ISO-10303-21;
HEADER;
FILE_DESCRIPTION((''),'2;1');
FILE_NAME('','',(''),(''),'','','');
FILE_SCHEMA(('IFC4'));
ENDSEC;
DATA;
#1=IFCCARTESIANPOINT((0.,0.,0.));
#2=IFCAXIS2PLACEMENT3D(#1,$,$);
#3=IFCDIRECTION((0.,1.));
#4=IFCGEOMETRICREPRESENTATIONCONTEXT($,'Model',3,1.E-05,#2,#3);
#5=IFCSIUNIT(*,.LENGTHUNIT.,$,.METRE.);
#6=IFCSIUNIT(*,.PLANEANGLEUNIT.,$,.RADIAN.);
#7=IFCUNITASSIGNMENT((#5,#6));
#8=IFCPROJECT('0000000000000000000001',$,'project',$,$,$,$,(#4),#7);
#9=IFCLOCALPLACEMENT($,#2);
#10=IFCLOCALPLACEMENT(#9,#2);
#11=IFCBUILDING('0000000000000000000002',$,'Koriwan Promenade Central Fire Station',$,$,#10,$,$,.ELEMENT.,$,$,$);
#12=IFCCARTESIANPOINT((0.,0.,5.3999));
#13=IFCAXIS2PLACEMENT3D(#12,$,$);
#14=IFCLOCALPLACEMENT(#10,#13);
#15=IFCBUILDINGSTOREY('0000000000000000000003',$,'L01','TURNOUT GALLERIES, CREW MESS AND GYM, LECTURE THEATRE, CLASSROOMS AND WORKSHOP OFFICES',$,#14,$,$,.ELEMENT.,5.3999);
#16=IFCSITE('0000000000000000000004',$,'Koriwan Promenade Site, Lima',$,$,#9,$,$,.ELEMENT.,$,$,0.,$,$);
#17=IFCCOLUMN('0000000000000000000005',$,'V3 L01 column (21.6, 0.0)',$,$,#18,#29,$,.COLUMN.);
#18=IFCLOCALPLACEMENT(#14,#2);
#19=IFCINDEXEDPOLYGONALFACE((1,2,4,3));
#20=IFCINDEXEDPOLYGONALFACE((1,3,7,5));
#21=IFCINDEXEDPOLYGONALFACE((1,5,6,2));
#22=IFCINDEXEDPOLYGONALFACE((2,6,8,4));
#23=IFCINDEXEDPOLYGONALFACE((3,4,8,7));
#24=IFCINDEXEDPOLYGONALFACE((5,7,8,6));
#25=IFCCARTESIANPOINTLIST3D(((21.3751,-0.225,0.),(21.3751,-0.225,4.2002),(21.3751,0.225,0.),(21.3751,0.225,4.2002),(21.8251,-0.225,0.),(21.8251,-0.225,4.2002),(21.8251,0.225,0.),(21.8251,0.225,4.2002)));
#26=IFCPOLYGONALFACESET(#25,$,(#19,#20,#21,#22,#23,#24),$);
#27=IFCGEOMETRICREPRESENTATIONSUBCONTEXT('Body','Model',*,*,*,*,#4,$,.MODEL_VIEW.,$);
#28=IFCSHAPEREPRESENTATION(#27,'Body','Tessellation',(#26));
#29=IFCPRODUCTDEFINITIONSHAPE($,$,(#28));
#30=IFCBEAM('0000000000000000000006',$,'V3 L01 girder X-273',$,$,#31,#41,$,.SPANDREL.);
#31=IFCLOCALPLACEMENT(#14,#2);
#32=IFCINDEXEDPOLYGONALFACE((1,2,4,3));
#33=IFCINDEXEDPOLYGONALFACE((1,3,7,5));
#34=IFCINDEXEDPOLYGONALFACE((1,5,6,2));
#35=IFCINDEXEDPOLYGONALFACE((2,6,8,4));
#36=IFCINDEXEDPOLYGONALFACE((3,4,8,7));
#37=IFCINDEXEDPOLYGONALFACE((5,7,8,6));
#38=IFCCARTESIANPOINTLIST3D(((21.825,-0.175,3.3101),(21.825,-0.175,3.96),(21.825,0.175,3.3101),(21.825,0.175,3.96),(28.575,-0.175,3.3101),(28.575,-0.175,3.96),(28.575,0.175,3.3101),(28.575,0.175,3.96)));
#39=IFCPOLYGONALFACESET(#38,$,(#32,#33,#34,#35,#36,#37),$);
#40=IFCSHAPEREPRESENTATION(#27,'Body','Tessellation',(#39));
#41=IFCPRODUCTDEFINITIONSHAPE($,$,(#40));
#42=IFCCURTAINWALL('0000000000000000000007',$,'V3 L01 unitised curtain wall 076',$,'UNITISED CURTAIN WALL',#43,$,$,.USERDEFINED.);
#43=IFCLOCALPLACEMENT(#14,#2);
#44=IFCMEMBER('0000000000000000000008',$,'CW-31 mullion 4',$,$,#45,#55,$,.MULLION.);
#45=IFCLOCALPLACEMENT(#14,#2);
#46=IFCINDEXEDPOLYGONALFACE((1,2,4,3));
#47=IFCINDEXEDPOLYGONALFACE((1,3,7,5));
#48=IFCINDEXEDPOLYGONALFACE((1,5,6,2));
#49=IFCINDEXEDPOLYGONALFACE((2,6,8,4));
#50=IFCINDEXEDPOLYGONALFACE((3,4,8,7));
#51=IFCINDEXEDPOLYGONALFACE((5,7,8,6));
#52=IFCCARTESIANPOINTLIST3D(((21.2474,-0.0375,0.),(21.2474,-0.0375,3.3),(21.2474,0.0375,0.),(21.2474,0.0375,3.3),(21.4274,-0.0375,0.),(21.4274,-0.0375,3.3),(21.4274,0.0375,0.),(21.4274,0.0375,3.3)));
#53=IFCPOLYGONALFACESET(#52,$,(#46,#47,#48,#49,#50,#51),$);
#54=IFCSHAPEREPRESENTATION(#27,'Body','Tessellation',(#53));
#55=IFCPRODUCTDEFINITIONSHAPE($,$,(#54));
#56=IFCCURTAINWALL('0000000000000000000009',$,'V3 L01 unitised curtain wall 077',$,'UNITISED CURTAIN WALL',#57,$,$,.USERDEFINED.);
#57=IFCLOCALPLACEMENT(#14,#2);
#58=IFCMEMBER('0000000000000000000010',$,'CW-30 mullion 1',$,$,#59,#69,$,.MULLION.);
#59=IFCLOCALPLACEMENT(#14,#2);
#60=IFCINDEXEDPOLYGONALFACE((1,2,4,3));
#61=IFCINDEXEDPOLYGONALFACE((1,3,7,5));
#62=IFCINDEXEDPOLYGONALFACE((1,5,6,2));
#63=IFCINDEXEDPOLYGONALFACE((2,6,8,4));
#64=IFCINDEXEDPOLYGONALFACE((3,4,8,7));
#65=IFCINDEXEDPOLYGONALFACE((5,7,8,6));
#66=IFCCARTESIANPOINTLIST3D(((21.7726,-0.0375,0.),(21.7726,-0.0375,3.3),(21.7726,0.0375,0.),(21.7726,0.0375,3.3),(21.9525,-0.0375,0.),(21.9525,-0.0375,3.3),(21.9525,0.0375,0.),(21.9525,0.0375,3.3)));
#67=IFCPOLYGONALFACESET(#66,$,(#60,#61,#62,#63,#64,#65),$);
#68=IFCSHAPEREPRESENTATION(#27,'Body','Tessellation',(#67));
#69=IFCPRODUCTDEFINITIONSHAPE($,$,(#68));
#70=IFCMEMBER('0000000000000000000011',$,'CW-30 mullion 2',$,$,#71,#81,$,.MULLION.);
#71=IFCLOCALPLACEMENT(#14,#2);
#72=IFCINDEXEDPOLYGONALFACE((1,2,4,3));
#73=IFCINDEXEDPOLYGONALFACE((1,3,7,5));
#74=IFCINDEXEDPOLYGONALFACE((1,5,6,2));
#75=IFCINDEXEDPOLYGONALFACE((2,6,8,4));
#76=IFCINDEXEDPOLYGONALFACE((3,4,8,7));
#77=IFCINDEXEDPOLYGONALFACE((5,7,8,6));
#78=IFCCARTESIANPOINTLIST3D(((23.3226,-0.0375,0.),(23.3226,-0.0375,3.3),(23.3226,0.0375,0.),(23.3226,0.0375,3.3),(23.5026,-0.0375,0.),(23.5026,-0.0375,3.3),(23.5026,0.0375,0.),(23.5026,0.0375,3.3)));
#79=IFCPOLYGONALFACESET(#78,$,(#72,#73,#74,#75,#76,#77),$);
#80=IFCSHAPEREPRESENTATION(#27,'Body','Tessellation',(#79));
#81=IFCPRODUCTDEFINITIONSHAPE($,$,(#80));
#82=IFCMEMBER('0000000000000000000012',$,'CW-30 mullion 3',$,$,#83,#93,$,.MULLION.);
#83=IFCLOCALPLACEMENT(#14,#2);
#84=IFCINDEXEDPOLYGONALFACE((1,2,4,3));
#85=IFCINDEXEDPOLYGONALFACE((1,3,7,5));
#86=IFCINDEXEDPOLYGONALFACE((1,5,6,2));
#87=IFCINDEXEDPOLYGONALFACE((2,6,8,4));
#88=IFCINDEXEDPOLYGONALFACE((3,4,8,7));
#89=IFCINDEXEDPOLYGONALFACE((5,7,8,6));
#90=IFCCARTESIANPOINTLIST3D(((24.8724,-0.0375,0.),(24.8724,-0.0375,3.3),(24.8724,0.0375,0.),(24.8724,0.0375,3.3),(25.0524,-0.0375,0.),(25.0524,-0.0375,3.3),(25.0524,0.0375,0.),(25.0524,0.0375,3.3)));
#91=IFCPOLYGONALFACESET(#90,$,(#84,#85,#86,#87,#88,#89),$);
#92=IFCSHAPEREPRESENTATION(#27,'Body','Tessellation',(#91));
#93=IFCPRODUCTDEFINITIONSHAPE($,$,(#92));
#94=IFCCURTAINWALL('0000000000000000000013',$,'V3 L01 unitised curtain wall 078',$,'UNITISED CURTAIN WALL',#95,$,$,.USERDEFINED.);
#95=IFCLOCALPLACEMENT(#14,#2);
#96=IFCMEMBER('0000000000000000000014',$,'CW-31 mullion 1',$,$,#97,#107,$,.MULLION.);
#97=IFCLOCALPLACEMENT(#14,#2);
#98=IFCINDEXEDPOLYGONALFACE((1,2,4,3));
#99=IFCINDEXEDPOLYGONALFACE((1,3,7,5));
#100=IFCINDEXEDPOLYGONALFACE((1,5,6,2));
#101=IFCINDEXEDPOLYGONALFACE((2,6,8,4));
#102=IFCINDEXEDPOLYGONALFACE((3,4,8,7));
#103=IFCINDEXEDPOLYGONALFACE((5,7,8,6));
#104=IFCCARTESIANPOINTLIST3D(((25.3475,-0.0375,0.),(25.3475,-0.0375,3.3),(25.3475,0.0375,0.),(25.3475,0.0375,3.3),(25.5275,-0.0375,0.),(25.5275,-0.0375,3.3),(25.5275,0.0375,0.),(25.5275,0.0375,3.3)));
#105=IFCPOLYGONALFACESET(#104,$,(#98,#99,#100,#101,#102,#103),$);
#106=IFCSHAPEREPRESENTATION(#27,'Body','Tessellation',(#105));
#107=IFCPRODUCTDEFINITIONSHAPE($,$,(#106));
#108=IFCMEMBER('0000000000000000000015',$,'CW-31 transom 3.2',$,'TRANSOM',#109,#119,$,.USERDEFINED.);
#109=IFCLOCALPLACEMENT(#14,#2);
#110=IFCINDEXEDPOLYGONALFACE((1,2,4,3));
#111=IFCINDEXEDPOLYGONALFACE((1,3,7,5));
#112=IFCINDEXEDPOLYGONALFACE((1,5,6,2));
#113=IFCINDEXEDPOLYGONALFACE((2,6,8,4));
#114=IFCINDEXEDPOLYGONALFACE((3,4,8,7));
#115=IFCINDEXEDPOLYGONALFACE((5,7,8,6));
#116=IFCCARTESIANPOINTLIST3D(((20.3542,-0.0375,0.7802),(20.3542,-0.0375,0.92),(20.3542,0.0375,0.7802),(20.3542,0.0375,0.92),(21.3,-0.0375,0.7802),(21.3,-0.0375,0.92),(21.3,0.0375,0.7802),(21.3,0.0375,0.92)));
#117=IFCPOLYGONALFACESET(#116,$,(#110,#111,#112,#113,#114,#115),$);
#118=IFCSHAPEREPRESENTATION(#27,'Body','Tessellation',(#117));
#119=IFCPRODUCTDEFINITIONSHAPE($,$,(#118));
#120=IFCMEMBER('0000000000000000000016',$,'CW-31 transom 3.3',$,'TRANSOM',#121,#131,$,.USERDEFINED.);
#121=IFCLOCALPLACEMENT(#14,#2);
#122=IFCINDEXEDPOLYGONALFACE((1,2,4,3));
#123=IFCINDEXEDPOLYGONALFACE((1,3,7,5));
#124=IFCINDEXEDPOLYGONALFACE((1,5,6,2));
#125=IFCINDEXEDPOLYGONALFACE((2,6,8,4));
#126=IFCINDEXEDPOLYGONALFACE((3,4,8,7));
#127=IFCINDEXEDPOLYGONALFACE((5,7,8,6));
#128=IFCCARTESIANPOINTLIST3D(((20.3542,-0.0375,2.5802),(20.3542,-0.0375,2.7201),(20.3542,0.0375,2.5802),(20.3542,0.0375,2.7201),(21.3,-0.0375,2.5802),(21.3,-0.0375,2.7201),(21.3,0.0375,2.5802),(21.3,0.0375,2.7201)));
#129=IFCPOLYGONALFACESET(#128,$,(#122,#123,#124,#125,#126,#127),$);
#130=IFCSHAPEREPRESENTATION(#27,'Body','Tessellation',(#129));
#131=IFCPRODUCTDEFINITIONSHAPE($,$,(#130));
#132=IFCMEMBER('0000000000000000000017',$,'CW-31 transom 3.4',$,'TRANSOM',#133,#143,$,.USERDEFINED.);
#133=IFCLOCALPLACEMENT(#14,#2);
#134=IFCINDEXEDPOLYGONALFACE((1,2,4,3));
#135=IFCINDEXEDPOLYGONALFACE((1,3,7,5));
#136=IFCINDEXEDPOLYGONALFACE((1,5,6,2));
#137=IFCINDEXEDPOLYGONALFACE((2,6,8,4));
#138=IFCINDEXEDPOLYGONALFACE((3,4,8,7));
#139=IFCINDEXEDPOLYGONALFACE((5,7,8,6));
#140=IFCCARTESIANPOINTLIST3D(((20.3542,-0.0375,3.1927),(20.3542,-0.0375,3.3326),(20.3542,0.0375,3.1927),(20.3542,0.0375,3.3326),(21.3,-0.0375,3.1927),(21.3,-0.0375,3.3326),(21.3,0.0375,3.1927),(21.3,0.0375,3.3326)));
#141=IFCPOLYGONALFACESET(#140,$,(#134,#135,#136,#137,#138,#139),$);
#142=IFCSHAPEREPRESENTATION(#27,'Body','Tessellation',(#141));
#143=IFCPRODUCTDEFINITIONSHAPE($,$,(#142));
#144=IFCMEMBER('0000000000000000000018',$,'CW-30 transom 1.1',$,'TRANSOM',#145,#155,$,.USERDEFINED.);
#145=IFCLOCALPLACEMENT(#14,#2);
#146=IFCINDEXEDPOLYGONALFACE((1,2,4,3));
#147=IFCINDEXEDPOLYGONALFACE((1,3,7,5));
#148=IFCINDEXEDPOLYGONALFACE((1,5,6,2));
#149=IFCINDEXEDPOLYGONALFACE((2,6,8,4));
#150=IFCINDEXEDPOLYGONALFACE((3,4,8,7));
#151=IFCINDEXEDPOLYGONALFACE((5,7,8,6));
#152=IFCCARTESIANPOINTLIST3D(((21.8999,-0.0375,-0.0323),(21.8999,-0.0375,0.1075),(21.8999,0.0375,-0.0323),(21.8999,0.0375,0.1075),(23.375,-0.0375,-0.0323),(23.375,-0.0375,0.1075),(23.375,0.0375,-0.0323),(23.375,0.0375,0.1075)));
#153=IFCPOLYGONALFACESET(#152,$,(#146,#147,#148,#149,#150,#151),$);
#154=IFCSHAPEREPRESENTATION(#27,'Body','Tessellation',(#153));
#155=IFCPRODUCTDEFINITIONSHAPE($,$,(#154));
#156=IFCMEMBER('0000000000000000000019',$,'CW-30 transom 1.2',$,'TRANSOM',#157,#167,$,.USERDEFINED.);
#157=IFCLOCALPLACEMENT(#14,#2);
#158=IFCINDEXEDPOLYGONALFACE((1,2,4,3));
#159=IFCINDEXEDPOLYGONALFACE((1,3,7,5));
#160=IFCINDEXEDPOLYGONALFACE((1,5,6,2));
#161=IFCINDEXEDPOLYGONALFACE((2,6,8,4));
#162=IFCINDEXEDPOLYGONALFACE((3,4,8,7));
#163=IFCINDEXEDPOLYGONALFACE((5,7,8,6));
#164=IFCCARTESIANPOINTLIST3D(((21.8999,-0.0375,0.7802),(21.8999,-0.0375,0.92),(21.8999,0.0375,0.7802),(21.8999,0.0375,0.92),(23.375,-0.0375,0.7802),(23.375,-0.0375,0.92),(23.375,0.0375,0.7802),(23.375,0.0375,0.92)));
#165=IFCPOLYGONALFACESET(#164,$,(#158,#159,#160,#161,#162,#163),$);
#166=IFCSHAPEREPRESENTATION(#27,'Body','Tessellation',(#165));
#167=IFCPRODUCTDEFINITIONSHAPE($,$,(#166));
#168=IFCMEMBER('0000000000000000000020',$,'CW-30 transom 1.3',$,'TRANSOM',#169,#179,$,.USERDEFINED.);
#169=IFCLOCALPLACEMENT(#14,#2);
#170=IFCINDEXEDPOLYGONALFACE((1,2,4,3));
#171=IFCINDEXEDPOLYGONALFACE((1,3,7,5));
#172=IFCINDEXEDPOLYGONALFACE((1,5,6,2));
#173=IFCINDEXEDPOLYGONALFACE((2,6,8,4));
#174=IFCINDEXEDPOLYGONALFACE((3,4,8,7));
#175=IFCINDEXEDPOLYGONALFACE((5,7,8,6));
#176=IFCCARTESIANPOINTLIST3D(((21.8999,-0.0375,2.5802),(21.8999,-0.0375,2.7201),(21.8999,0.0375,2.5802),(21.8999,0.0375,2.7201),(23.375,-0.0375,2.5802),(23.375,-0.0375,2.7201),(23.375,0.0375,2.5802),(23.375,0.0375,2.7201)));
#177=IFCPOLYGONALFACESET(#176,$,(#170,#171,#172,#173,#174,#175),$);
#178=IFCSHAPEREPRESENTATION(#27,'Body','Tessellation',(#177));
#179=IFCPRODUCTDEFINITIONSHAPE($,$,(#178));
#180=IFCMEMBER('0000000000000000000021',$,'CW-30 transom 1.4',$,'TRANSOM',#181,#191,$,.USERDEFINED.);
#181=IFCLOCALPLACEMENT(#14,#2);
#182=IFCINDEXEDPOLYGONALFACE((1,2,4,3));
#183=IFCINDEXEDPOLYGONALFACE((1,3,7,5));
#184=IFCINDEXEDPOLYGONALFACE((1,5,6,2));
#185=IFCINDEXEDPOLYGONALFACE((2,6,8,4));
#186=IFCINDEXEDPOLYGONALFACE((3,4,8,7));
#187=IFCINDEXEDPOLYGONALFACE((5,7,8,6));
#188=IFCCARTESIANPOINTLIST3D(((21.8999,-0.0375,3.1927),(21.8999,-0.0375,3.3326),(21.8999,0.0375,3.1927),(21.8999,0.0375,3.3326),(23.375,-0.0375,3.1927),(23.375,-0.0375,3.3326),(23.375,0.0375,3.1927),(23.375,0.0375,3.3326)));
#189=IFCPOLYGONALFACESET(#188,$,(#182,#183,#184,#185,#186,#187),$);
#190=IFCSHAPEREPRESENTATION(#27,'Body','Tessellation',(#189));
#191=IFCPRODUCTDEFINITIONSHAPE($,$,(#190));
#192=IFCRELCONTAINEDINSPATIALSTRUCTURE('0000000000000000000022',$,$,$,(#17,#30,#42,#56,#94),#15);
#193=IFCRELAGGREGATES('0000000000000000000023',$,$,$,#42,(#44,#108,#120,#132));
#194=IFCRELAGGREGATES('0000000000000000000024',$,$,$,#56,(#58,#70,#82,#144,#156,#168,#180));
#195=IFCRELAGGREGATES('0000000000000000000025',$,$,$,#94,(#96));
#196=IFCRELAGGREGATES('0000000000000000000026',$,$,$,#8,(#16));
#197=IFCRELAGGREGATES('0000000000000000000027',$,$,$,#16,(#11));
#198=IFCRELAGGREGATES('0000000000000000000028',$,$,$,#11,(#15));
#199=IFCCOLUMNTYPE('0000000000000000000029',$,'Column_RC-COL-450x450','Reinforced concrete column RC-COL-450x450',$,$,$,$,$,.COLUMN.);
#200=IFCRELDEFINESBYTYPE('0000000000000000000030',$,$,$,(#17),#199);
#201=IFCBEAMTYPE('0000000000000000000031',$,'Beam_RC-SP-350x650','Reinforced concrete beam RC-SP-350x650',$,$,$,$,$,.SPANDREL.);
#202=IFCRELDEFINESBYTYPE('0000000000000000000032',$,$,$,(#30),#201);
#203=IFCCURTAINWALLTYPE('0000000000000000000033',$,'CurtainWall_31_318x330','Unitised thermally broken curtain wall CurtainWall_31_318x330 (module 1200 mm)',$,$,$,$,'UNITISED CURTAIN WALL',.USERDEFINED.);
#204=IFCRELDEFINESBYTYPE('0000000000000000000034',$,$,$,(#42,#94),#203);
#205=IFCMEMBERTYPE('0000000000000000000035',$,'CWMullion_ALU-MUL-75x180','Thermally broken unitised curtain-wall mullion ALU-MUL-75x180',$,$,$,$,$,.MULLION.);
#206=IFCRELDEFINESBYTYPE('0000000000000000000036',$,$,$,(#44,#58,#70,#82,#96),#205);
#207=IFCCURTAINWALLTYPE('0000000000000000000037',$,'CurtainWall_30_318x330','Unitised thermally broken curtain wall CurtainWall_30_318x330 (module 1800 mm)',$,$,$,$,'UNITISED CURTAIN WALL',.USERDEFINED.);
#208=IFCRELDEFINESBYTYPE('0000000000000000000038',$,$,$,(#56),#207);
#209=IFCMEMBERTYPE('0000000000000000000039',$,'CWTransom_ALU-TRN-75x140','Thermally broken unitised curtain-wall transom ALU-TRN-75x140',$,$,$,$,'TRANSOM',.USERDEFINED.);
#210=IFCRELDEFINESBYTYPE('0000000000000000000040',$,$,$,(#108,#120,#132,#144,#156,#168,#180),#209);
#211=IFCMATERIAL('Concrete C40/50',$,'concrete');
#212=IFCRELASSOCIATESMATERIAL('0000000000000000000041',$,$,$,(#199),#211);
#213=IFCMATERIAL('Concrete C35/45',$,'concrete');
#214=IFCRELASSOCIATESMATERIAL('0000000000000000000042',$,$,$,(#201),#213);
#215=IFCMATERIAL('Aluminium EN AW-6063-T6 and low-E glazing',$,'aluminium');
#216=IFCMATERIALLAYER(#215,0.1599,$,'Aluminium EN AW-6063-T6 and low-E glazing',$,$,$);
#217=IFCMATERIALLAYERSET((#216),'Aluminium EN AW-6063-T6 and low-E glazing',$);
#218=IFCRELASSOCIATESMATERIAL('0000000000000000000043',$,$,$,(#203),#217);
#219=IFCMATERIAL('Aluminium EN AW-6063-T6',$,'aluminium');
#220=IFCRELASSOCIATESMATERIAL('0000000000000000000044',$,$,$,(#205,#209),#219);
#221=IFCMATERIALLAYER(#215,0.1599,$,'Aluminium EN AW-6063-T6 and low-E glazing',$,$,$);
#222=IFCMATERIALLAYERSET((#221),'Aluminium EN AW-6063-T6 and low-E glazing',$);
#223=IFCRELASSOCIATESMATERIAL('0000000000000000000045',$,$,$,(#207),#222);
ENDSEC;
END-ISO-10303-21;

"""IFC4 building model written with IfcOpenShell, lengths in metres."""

from ifc_helpers import new_model, si_unit, direction, frame, origin, origin_2d, place, context, subcontext, project, spatial, rectangle, extrude, material, layer, layer_set, material_profile, profile_set, type_object, element, aggregate, save


model = new_model("IFC4")

# Units and contexts
model_context = context("Model", 3, precision=1e-05, world=origin(), true_north=direction((0.0, 1.0)))
body_context = subcontext(model_context, "Body", "Model", "MODEL_VIEW")
ifc_project = project(units=[si_unit("LENGTHUNIT", "METRE"), si_unit("PLANEANGLEUNIT", "RADIAN")], contexts=[model_context])

# Site, building, storey
site_placement = place(None, origin())
site = spatial("IfcSite", under=ifc_project, at=site_placement, Name="Koriwan Promenade Site, Lima", CompositionType="ELEMENT", RefElevation=0.0)
building_placement = place(site_placement, origin())
building = spatial("IfcBuilding", under=site, at=building_placement, Name="Koriwan Promenade Central Fire Station", CompositionType="ELEMENT")
storey_placement = place(building_placement, frame((0.0, 0.0, 5.3999)))
storey = spatial("IfcBuildingStorey", under=building, at=storey_placement, Name="L01", Description="TURNOUT GALLERIES, CREW MESS AND GYM, LECTURE THEATRE, CLASSROOMS AND WORKSHOP OFFICES", CompositionType="ELEMENT", Elevation=5.3999)

# Column
ifc_material_1 = material(Name="Concrete C40/50", Category="concrete")
ifc_material_profile_1 = material_profile(ifc_material_1, rectangle(XDim=0.45, YDim=0.45, at=origin_2d()), Name="RC-COL-450x450")
ifc_profile_set_1 = profile_set([ifc_material_profile_1], Name="Concrete C40/50")
column_type = type_object("IfcColumnType", Name="Column_RC-COL-450x450", Description="Reinforced concrete column RC-COL-450x450", PredefinedType="COLUMN", material=ifc_profile_set_1)
column_placement = place(storey_placement, frame((21.6001, 0.0, 0.0), z_axis=(0.0, 0.0, 1.0), x_axis=(1.0, 0.0, 0.0)))
element("IfcColumn", 1, at=column_placement, inside=storey, type_object=column_type, Name="V3 L01 column (21.6, 0.0)", PredefinedType="COLUMN", context=body_context, shape_type="SweptSolid", body=[
    extrude(rectangle(XDim=0.45, YDim=0.45, at=origin_2d()), origin(), (0.0, 0.0, 1.0), 4.2002),
])

# Beam
ifc_material_2 = material(Name="Concrete C35/45", Category="concrete")
ifc_material_profile_2 = material_profile(ifc_material_2, rectangle(XDim=0.3501, YDim=0.6499, at=origin_2d()), Name="RC-SP-350x650")
ifc_profile_set_2 = profile_set([ifc_material_profile_2], Name="Concrete C35/45")
beam_type_1 = type_object("IfcBeamType", Name="Beam_RC-SP-350x650", Description="Reinforced concrete beam RC-SP-350x650", PredefinedType="SPANDREL", material=ifc_profile_set_2)
beam_1_placement = place(storey_placement, frame((21.825, 0.0, 3.635), z_axis=(1.0, 0.0, 0.0), x_axis=(0.0, 1.0, 0.0)))
element("IfcBeam", 2, at=beam_1_placement, inside=storey, type_object=beam_type_1, Name="V3 L01 girder X-273", PredefinedType="SPANDREL", context=body_context, shape_type="SweptSolid", body=[
    extrude(rectangle(XDim=0.3501, YDim=0.6499, at=origin_2d()), origin(), (0.0, 0.0, 1.0), 6.75),
])

# Curtain wall, member
ifc_material_3 = material(Name="Aluminium EN AW-6063-T6 and low-E glazing", Category="aluminium")
ifc_layer_1 = layer(ifc_material_3, 0.1599, Name="Aluminium EN AW-6063-T6 and low-E glazing")
ifc_layer_set_1 = layer_set([ifc_layer_1], Name="Aluminium EN AW-6063-T6 and low-E glazing")
curtain_wall_type_1 = type_object("IfcCurtainWallType", Name="CurtainWall_31_318x330", Description="Unitised thermally broken curtain wall CurtainWall_31_318x330 (module 1200 mm)", ElementType="UNITISED CURTAIN WALL", PredefinedType="USERDEFINED", material=ifc_layer_set_1)
curtain_wall_1_placement = place(storey_placement, origin())
curtain_wall_1 = element("IfcCurtainWall", 3, at=curtain_wall_1_placement, inside=storey, type_object=curtain_wall_type_1, Name="V3 L01 unitised curtain wall 076", ObjectType="UNITISED CURTAIN WALL", PredefinedType="USERDEFINED")
ifc_material_4 = material(Name="Aluminium EN AW-6063-T6", Category="aluminium")
ifc_material_profile_3 = material_profile(ifc_material_4, rectangle(XDim=0.075, YDim=0.1799, at=origin_2d()), Name="ALU-MUL-75x180")
ifc_profile_set_3 = profile_set([ifc_material_profile_3], Name="Aluminium EN AW-6063-T6")
member_type_1 = type_object("IfcMemberType", Name="CWMullion_ALU-MUL-75x180", Description="Thermally broken unitised curtain-wall mullion ALU-MUL-75x180", PredefinedType="MULLION", material=ifc_profile_set_3)
member_1_placement = place(storey_placement, frame((21.3374, 0.0, 0.0), z_axis=(0.0, 0.0, 1.0), x_axis=(0.0, 1.0, 0.0)))
member_1 = element("IfcMember", 4, at=member_1_placement, type_object=member_type_1, Name="CW-31 mullion 4", PredefinedType="MULLION", context=body_context, shape_type="SweptSolid", body=[
    extrude(rectangle(XDim=0.075, YDim=0.1799, at=origin_2d()), origin(), (0.0, 0.0, 1.0), 3.3),
])

# Curtain wall, members
ifc_layer_2 = layer(ifc_material_3, 0.1599, Name="Aluminium EN AW-6063-T6 and low-E glazing")
ifc_layer_set_2 = layer_set([ifc_layer_2], Name="Aluminium EN AW-6063-T6 and low-E glazing")
curtain_wall_type_2 = type_object("IfcCurtainWallType", Name="CurtainWall_30_318x330", Description="Unitised thermally broken curtain wall CurtainWall_30_318x330 (module 1800 mm)", ElementType="UNITISED CURTAIN WALL", PredefinedType="USERDEFINED", material=ifc_layer_set_2)
curtain_wall_2_placement = place(storey_placement, origin())
curtain_wall_2 = element("IfcCurtainWall", 5, at=curtain_wall_2_placement, inside=storey, type_object=curtain_wall_type_2, Name="V3 L01 unitised curtain wall 077", ObjectType="UNITISED CURTAIN WALL", PredefinedType="USERDEFINED")
member_2_placement = place(storey_placement, frame((21.8625, 0.0, 0.0), z_axis=(0.0, 0.0, 1.0), x_axis=(0.0, 1.0, 0.0)))
member_2 = element("IfcMember", 6, at=member_2_placement, type_object=member_type_1, Name="CW-30 mullion 1", PredefinedType="MULLION", context=body_context, shape_type="SweptSolid", body=[
    extrude(rectangle(XDim=0.075, YDim=0.1799, at=origin_2d()), origin(), (0.0, 0.0, 1.0), 3.3),
])
member_3_placement = place(storey_placement, frame((23.4126, 0.0, 0.0), z_axis=(0.0, 0.0, 1.0), x_axis=(0.0, 1.0, 0.0)))
member_3 = element("IfcMember", 7, at=member_3_placement, type_object=member_type_1, Name="CW-30 mullion 2", PredefinedType="MULLION", context=body_context, shape_type="SweptSolid", body=[
    extrude(rectangle(XDim=0.075, YDim=0.1799, at=origin_2d()), origin(), (0.0, 0.0, 1.0), 3.3),
])
member_4_placement = place(storey_placement, frame((24.9624, 0.0, 0.0), z_axis=(0.0, 0.0, 1.0), x_axis=(0.0, 1.0, 0.0)))
member_4 = element("IfcMember", 8, at=member_4_placement, type_object=member_type_1, Name="CW-30 mullion 3", PredefinedType="MULLION", context=body_context, shape_type="SweptSolid", body=[
    extrude(rectangle(XDim=0.075, YDim=0.1799, at=origin_2d()), origin(), (0.0, 0.0, 1.0), 3.3),
])

# Curtain wall, member
curtain_wall_3_placement = place(storey_placement, origin())
curtain_wall_3 = element("IfcCurtainWall", 9, at=curtain_wall_3_placement, inside=storey, type_object=curtain_wall_type_1, Name="V3 L01 unitised curtain wall 078", ObjectType="UNITISED CURTAIN WALL", PredefinedType="USERDEFINED")
member_5_placement = place(storey_placement, frame((25.4375, 0.0, 0.0), z_axis=(0.0, 0.0, 1.0), x_axis=(0.0, 1.0, 0.0)))
member_5 = element("IfcMember", 10, at=member_5_placement, type_object=member_type_1, Name="CW-31 mullion 1", PredefinedType="MULLION", context=body_context, shape_type="SweptSolid", body=[
    extrude(rectangle(XDim=0.075, YDim=0.1799, at=origin_2d()), origin(), (0.0, 0.0, 1.0), 3.3),
])

# Members
ifc_material_profile_4 = material_profile(ifc_material_4, rectangle(XDim=0.075, YDim=0.1399, at=origin_2d()), Name="ALU-TRN-75x140")
ifc_profile_set_4 = profile_set([ifc_material_profile_4], Name="Aluminium EN AW-6063-T6")
member_type_2 = type_object("IfcMemberType", Name="CWTransom_ALU-TRN-75x140", Description="Thermally broken unitised curtain-wall transom ALU-TRN-75x140", ElementType="TRANSOM", PredefinedType="USERDEFINED", material=ifc_profile_set_4)
member_6_placement = place(storey_placement, frame((20.3542, 0.0, 0.8501), z_axis=(1.0, 0.0, 0.0), x_axis=(0.0, 1.0, 0.0)))
member_6 = element("IfcMember", 11, at=member_6_placement, type_object=member_type_2, Name="CW-31 transom 3.2", ObjectType="TRANSOM", PredefinedType="USERDEFINED", context=body_context, shape_type="SweptSolid", body=[
    extrude(rectangle(XDim=0.075, YDim=0.1399, at=origin_2d()), origin(), (0.0, 0.0, 1.0), 0.9458),
])
member_7_placement = place(storey_placement, frame((20.3542, 0.0, 2.6501), z_axis=(1.0, 0.0, 0.0), x_axis=(0.0, 1.0, 0.0)))
member_7 = element("IfcMember", 12, at=member_7_placement, type_object=member_type_2, Name="CW-31 transom 3.3", ObjectType="TRANSOM", PredefinedType="USERDEFINED", context=body_context, shape_type="SweptSolid", body=[
    extrude(rectangle(XDim=0.075, YDim=0.1399, at=origin_2d()), origin(), (0.0, 0.0, 1.0), 0.9458),
])
member_8_placement = place(storey_placement, frame((20.3542, 0.0, 3.2627), z_axis=(1.0, 0.0, 0.0), x_axis=(0.0, 1.0, 0.0)))
member_8 = element("IfcMember", 13, at=member_8_placement, type_object=member_type_2, Name="CW-31 transom 3.4", ObjectType="TRANSOM", PredefinedType="USERDEFINED", context=body_context, shape_type="SweptSolid", body=[
    extrude(rectangle(XDim=0.075, YDim=0.1399, at=origin_2d()), origin(), (0.0, 0.0, 1.0), 0.9458),
])
member_9_placement = place(storey_placement, frame((21.8999, 0.0, 0.0376), z_axis=(1.0, 0.0, 0.0), x_axis=(0.0, 1.0, 0.0)))
member_9 = element("IfcMember", 14, at=member_9_placement, type_object=member_type_2, Name="CW-30 transom 1.1", ObjectType="TRANSOM", PredefinedType="USERDEFINED", context=body_context, shape_type="SweptSolid", body=[
    extrude(rectangle(XDim=0.075, YDim=0.1399, at=origin_2d()), origin(), (0.0, 0.0, 1.0), 1.4751),
])
member_10_placement = place(storey_placement, frame((21.8999, 0.0, 0.8501), z_axis=(1.0, 0.0, 0.0), x_axis=(0.0, 1.0, 0.0)))
member_10 = element("IfcMember", 15, at=member_10_placement, type_object=member_type_2, Name="CW-30 transom 1.2", ObjectType="TRANSOM", PredefinedType="USERDEFINED", context=body_context, shape_type="SweptSolid", body=[
    extrude(rectangle(XDim=0.075, YDim=0.1399, at=origin_2d()), origin(), (0.0, 0.0, 1.0), 1.4751),
])
member_11_placement = place(storey_placement, frame((21.8999, 0.0, 2.6501), z_axis=(1.0, 0.0, 0.0), x_axis=(0.0, 1.0, 0.0)))
member_11 = element("IfcMember", 16, at=member_11_placement, type_object=member_type_2, Name="CW-30 transom 1.3", ObjectType="TRANSOM", PredefinedType="USERDEFINED", context=body_context, shape_type="SweptSolid", body=[
    extrude(rectangle(XDim=0.075, YDim=0.1399, at=origin_2d()), origin(), (0.0, 0.0, 1.0), 1.4751),
])
member_12_placement = place(storey_placement, frame((21.8999, 0.0, 3.2627), z_axis=(1.0, 0.0, 0.0), x_axis=(0.0, 1.0, 0.0)))
member_12 = element("IfcMember", 17, at=member_12_placement, type_object=member_type_2, Name="CW-30 transom 1.4", ObjectType="TRANSOM", PredefinedType="USERDEFINED", context=body_context, shape_type="SweptSolid", body=[
    extrude(rectangle(XDim=0.075, YDim=0.1399, at=origin_2d()), origin(), (0.0, 0.0, 1.0), 1.4751),
])

aggregate(curtain_wall_1, [member_1, member_6, member_7, member_8])
aggregate(curtain_wall_2, [member_2, member_3, member_4, member_9, member_10, member_11, member_12])
aggregate(curtain_wall_3, [member_5])

save(model, "model.ifc")
